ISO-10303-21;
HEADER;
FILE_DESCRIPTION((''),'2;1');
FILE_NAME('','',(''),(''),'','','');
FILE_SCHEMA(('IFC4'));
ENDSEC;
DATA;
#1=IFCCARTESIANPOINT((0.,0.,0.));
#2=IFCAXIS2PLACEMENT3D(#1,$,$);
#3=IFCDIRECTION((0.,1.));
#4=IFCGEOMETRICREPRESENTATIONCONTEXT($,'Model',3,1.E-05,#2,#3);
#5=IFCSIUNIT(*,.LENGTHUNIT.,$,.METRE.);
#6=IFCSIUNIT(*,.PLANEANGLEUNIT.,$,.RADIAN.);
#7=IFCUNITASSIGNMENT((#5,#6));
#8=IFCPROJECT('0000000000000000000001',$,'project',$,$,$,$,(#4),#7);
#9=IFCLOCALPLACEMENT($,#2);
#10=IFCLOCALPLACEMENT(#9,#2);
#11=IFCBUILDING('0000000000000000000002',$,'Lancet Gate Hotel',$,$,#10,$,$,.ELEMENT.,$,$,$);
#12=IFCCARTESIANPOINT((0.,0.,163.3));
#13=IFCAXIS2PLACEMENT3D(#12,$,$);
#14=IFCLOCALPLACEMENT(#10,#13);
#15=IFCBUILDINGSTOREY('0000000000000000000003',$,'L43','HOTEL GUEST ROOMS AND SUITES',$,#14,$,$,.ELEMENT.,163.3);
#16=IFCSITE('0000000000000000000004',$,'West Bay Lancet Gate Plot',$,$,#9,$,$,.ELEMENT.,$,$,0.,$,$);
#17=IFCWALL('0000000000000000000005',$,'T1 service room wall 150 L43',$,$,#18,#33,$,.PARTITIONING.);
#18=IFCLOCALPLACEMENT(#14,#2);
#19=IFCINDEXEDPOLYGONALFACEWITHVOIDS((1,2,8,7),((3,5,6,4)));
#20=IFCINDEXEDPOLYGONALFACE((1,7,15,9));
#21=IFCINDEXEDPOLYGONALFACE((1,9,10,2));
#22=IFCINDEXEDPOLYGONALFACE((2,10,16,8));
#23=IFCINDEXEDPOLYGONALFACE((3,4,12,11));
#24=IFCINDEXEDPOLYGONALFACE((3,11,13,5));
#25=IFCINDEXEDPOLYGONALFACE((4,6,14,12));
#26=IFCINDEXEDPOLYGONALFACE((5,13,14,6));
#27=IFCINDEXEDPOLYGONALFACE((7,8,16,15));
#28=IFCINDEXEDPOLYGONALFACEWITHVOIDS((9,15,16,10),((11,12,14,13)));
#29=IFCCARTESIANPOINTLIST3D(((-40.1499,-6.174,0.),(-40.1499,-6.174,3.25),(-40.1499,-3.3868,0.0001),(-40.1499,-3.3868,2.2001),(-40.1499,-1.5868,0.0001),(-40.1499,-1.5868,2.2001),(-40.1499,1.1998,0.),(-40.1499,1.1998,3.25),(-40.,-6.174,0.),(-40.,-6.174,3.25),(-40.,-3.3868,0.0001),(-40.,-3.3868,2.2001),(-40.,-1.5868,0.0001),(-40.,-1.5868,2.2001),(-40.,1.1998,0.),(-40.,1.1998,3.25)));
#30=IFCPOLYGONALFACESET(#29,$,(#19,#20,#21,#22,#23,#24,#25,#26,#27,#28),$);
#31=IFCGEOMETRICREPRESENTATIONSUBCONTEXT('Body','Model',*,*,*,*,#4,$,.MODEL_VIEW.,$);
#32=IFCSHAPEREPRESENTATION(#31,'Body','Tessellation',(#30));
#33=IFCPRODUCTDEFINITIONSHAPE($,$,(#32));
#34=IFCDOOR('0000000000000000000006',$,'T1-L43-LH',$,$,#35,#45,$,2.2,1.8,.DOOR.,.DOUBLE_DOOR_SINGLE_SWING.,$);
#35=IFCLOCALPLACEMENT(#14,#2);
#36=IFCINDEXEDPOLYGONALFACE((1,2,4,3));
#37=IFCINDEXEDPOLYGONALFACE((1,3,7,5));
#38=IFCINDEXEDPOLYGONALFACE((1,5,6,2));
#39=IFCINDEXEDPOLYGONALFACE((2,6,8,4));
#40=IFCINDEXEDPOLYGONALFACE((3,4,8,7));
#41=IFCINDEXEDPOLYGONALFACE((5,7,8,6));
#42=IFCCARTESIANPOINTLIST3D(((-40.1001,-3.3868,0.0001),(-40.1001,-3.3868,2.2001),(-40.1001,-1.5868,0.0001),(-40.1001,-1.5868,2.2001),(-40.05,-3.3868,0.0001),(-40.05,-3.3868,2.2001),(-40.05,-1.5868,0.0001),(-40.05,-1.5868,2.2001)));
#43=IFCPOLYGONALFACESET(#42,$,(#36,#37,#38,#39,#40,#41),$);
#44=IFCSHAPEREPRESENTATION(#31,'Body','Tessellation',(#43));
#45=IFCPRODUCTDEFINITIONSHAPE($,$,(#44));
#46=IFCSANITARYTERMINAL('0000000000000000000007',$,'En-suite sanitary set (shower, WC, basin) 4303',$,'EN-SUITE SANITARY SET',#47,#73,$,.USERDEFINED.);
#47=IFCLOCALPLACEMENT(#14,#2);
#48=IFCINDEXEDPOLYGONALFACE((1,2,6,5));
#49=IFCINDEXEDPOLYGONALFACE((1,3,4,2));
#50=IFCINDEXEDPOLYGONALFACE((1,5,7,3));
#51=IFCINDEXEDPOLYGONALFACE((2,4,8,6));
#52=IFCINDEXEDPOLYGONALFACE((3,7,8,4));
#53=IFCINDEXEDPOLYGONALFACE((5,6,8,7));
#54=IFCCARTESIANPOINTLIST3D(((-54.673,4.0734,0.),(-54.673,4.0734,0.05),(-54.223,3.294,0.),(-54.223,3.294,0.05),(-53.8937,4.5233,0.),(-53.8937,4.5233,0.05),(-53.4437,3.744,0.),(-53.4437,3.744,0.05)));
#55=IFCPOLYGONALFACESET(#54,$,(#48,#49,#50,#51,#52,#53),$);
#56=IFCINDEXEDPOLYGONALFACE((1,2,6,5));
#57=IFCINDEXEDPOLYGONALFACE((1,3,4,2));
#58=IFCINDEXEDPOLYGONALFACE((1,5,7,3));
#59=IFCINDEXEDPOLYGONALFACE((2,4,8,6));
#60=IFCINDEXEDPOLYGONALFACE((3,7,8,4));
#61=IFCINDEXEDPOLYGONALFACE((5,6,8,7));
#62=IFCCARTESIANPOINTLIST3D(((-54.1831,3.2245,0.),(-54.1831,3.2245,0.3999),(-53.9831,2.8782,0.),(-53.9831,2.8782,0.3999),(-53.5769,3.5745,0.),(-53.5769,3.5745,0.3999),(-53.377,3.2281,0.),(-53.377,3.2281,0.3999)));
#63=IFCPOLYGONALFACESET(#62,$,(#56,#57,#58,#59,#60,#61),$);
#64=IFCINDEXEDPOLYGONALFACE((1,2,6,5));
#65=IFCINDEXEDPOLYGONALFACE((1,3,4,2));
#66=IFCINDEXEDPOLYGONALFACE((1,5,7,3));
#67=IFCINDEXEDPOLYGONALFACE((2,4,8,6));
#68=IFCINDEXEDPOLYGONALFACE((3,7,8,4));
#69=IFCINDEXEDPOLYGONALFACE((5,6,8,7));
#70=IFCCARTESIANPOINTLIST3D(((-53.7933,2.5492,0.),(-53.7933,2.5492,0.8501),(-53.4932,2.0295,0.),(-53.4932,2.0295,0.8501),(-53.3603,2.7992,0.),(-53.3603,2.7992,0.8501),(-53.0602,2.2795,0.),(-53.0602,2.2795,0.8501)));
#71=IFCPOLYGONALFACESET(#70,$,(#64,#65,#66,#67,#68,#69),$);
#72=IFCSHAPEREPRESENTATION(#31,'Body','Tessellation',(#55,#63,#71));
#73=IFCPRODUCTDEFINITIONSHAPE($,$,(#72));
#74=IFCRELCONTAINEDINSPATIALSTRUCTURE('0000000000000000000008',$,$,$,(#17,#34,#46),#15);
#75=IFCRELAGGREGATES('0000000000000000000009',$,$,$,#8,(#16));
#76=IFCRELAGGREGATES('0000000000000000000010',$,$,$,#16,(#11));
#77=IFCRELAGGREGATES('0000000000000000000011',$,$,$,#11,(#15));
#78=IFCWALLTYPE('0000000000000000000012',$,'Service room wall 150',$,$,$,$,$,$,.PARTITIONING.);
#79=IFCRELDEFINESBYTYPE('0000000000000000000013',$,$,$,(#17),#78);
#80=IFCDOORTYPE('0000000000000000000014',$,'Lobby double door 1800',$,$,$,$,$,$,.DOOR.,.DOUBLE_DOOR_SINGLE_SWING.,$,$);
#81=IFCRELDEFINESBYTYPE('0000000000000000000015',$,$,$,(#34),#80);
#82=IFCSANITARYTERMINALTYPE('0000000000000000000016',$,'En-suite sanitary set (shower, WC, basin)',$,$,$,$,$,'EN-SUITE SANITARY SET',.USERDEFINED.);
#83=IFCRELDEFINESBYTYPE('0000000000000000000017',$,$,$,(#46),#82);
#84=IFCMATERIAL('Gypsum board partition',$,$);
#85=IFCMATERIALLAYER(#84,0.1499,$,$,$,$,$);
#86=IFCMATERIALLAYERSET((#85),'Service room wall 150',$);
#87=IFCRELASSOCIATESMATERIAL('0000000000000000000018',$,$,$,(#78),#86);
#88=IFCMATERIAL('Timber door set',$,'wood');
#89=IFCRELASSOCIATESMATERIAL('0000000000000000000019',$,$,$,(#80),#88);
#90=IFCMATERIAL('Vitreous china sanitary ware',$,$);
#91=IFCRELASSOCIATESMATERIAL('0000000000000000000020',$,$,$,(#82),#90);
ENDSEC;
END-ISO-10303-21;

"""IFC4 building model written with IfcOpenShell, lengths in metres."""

from ifc_helpers import new_model, si_unit, direction, frame, frame_2d, origin, origin_2d, place, context, subcontext, project, spatial, rectangle, extrude, material, layer, layer_set, type_object, element, fill, save


model = new_model("IFC4")

# Units and contexts
model_context = context("Model", 3, precision=1e-05, world=origin(), true_north=direction((0.0, 1.0)))
body_context = subcontext(model_context, "Body", "Model", "MODEL_VIEW")
ifc_project = project(units=[si_unit("LENGTHUNIT", "METRE"), si_unit("PLANEANGLEUNIT", "RADIAN")], contexts=[model_context])

# Site, building, storey
site_placement = place(None, origin())
site = spatial("IfcSite", under=ifc_project, at=site_placement, Name="West Bay Lancet Gate Plot", CompositionType="ELEMENT", RefElevation=0.0)
building_placement = place(site_placement, origin())
building = spatial("IfcBuilding", under=site, at=building_placement, Name="Lancet Gate Hotel", CompositionType="ELEMENT")
storey_placement = place(building_placement, frame((0.0, 0.0, 163.3)))
storey = spatial("IfcBuildingStorey", under=building, at=storey_placement, Name="L43", Description="HOTEL GUEST ROOMS AND SUITES", CompositionType="ELEMENT", Elevation=163.3)

# Wall, opening, door
ifc_material_1 = material(Name="Gypsum board partition")
ifc_layer_1 = layer(ifc_material_1, 0.1499)
ifc_layer_set_1 = layer_set([ifc_layer_1], Name="Service room wall 150")
wall_type_1 = type_object("IfcWallType", Name="Service room wall 150", PredefinedType="PARTITIONING", material=ifc_layer_set_1)
wall_1_placement = place(storey_placement, frame((-40.075, 1.2, 0.0), z_axis=(0.0, 0.0, 1.0), x_axis=(0.0, -1.0, 0.0)))
wall_1 = element("IfcWall", 1, at=wall_1_placement, inside=storey, type_object=wall_type_1, Name="T1 service room wall 150 L43", PredefinedType="PARTITIONING", context=body_context, shape_type="SweptSolid", body=[
    extrude(rectangle(XDim=7.3738, YDim=0.1499, at=frame_2d((3.687, 0.0))), origin(), (0.0, 0.0, 1.0), 3.25),
])
opening_1_placement = place(wall_1_placement, frame((2.7869, 0.0, 0.0)))
opening_1 = element("IfcOpeningElement", 2, at=opening_1_placement, cuts=wall_1, PredefinedType="OPENING", context=body_context, shape_type="SweptSolid", body=[
    extrude(rectangle(XDim=1.8, YDim=2.2, at=frame_2d((0.8999, 1.1001))), frame((0.0, 0.085, 0.0), z_axis=(0.0, -1.0, 0.0), x_axis=(1.0, 0.0, 0.0)), (0.0, 0.0, 1.0), 0.1699),
])
ifc_material_2 = material(Name="Timber door set", Category="wood")
door_type_1 = type_object("IfcDoorType", Name="Lobby double door 1800", OperationType="DOUBLE_DOOR_SINGLE_SWING", PredefinedType="DOOR", material=ifc_material_2)
door_1_placement = place(opening_1_placement, origin())
door_1 = element("IfcDoor", 3, at=door_1_placement, inside=storey, type_object=door_type_1, Name="T1-L43-LH", OperationType="DOUBLE_DOOR_SINGLE_SWING", OverallHeight=2.2, OverallWidth=1.8, PredefinedType="DOOR", context=body_context, shape_type="SweptSolid", body=[
    extrude(rectangle(XDim=1.8, YDim=2.2, at=frame_2d((0.8999, 1.1001))), frame((0.0, 0.0249, 0.0), z_axis=(0.0, -1.0, 0.0), x_axis=(1.0, 0.0, 0.0)), (0.0, 0.0, 1.0), 0.05),
])
fill(opening_1, door_1)

# Sanitary terminal
ifc_material_3 = material(Name="Vitreous china sanitary ware")
sanitary_terminal_type = type_object("IfcSanitaryTerminalType", Name="En-suite sanitary set (shower, WC, basin)", ElementType="EN-SUITE SANITARY SET", PredefinedType="USERDEFINED", material=ifc_material_3)
sanitary_terminal_placement = place(storey_placement, frame((-54.0583, 3.9087, 0.0), z_axis=(0.0, 0.0, 1.0), x_axis=(1.0, 0.0, 0.0)))
element("IfcSanitaryTerminal", 4, at=sanitary_terminal_placement, inside=storey, type_object=sanitary_terminal_type, Name="En-suite sanitary set (shower, WC, basin) 4303", ObjectType="EN-SUITE SANITARY SET", PredefinedType="USERDEFINED", context=body_context, shape_type="SweptSolid", body=[
    extrude(rectangle(XDim=0.8999, YDim=0.8999, at=origin_2d()), frame((0.0, 0.0, 0.0), z_axis=(0.0, 0.0, 1.0), x_axis=(-0.5, 0.866025, 0.0)), (0.0, 0.0, 1.0), 0.05),
    extrude(rectangle(XDim=0.3999, YDim=0.7, at=origin_2d()), frame((0.2783, -0.6824, 0.0), z_axis=(0.0, 0.0, 1.0), x_axis=(-0.5, 0.866025, 0.0)), (0.0, 0.0, 1.0), 0.3999),
    extrude(rectangle(XDim=0.6001, YDim=0.5, at=origin_2d()), frame((0.6316, -1.4944, 0.0), z_axis=(0.0, 0.0, 1.0), x_axis=(-0.5, 0.866025, 0.0)), (0.0, 0.0, 1.0), 0.8501),
])

save(model, "model.ifc")
